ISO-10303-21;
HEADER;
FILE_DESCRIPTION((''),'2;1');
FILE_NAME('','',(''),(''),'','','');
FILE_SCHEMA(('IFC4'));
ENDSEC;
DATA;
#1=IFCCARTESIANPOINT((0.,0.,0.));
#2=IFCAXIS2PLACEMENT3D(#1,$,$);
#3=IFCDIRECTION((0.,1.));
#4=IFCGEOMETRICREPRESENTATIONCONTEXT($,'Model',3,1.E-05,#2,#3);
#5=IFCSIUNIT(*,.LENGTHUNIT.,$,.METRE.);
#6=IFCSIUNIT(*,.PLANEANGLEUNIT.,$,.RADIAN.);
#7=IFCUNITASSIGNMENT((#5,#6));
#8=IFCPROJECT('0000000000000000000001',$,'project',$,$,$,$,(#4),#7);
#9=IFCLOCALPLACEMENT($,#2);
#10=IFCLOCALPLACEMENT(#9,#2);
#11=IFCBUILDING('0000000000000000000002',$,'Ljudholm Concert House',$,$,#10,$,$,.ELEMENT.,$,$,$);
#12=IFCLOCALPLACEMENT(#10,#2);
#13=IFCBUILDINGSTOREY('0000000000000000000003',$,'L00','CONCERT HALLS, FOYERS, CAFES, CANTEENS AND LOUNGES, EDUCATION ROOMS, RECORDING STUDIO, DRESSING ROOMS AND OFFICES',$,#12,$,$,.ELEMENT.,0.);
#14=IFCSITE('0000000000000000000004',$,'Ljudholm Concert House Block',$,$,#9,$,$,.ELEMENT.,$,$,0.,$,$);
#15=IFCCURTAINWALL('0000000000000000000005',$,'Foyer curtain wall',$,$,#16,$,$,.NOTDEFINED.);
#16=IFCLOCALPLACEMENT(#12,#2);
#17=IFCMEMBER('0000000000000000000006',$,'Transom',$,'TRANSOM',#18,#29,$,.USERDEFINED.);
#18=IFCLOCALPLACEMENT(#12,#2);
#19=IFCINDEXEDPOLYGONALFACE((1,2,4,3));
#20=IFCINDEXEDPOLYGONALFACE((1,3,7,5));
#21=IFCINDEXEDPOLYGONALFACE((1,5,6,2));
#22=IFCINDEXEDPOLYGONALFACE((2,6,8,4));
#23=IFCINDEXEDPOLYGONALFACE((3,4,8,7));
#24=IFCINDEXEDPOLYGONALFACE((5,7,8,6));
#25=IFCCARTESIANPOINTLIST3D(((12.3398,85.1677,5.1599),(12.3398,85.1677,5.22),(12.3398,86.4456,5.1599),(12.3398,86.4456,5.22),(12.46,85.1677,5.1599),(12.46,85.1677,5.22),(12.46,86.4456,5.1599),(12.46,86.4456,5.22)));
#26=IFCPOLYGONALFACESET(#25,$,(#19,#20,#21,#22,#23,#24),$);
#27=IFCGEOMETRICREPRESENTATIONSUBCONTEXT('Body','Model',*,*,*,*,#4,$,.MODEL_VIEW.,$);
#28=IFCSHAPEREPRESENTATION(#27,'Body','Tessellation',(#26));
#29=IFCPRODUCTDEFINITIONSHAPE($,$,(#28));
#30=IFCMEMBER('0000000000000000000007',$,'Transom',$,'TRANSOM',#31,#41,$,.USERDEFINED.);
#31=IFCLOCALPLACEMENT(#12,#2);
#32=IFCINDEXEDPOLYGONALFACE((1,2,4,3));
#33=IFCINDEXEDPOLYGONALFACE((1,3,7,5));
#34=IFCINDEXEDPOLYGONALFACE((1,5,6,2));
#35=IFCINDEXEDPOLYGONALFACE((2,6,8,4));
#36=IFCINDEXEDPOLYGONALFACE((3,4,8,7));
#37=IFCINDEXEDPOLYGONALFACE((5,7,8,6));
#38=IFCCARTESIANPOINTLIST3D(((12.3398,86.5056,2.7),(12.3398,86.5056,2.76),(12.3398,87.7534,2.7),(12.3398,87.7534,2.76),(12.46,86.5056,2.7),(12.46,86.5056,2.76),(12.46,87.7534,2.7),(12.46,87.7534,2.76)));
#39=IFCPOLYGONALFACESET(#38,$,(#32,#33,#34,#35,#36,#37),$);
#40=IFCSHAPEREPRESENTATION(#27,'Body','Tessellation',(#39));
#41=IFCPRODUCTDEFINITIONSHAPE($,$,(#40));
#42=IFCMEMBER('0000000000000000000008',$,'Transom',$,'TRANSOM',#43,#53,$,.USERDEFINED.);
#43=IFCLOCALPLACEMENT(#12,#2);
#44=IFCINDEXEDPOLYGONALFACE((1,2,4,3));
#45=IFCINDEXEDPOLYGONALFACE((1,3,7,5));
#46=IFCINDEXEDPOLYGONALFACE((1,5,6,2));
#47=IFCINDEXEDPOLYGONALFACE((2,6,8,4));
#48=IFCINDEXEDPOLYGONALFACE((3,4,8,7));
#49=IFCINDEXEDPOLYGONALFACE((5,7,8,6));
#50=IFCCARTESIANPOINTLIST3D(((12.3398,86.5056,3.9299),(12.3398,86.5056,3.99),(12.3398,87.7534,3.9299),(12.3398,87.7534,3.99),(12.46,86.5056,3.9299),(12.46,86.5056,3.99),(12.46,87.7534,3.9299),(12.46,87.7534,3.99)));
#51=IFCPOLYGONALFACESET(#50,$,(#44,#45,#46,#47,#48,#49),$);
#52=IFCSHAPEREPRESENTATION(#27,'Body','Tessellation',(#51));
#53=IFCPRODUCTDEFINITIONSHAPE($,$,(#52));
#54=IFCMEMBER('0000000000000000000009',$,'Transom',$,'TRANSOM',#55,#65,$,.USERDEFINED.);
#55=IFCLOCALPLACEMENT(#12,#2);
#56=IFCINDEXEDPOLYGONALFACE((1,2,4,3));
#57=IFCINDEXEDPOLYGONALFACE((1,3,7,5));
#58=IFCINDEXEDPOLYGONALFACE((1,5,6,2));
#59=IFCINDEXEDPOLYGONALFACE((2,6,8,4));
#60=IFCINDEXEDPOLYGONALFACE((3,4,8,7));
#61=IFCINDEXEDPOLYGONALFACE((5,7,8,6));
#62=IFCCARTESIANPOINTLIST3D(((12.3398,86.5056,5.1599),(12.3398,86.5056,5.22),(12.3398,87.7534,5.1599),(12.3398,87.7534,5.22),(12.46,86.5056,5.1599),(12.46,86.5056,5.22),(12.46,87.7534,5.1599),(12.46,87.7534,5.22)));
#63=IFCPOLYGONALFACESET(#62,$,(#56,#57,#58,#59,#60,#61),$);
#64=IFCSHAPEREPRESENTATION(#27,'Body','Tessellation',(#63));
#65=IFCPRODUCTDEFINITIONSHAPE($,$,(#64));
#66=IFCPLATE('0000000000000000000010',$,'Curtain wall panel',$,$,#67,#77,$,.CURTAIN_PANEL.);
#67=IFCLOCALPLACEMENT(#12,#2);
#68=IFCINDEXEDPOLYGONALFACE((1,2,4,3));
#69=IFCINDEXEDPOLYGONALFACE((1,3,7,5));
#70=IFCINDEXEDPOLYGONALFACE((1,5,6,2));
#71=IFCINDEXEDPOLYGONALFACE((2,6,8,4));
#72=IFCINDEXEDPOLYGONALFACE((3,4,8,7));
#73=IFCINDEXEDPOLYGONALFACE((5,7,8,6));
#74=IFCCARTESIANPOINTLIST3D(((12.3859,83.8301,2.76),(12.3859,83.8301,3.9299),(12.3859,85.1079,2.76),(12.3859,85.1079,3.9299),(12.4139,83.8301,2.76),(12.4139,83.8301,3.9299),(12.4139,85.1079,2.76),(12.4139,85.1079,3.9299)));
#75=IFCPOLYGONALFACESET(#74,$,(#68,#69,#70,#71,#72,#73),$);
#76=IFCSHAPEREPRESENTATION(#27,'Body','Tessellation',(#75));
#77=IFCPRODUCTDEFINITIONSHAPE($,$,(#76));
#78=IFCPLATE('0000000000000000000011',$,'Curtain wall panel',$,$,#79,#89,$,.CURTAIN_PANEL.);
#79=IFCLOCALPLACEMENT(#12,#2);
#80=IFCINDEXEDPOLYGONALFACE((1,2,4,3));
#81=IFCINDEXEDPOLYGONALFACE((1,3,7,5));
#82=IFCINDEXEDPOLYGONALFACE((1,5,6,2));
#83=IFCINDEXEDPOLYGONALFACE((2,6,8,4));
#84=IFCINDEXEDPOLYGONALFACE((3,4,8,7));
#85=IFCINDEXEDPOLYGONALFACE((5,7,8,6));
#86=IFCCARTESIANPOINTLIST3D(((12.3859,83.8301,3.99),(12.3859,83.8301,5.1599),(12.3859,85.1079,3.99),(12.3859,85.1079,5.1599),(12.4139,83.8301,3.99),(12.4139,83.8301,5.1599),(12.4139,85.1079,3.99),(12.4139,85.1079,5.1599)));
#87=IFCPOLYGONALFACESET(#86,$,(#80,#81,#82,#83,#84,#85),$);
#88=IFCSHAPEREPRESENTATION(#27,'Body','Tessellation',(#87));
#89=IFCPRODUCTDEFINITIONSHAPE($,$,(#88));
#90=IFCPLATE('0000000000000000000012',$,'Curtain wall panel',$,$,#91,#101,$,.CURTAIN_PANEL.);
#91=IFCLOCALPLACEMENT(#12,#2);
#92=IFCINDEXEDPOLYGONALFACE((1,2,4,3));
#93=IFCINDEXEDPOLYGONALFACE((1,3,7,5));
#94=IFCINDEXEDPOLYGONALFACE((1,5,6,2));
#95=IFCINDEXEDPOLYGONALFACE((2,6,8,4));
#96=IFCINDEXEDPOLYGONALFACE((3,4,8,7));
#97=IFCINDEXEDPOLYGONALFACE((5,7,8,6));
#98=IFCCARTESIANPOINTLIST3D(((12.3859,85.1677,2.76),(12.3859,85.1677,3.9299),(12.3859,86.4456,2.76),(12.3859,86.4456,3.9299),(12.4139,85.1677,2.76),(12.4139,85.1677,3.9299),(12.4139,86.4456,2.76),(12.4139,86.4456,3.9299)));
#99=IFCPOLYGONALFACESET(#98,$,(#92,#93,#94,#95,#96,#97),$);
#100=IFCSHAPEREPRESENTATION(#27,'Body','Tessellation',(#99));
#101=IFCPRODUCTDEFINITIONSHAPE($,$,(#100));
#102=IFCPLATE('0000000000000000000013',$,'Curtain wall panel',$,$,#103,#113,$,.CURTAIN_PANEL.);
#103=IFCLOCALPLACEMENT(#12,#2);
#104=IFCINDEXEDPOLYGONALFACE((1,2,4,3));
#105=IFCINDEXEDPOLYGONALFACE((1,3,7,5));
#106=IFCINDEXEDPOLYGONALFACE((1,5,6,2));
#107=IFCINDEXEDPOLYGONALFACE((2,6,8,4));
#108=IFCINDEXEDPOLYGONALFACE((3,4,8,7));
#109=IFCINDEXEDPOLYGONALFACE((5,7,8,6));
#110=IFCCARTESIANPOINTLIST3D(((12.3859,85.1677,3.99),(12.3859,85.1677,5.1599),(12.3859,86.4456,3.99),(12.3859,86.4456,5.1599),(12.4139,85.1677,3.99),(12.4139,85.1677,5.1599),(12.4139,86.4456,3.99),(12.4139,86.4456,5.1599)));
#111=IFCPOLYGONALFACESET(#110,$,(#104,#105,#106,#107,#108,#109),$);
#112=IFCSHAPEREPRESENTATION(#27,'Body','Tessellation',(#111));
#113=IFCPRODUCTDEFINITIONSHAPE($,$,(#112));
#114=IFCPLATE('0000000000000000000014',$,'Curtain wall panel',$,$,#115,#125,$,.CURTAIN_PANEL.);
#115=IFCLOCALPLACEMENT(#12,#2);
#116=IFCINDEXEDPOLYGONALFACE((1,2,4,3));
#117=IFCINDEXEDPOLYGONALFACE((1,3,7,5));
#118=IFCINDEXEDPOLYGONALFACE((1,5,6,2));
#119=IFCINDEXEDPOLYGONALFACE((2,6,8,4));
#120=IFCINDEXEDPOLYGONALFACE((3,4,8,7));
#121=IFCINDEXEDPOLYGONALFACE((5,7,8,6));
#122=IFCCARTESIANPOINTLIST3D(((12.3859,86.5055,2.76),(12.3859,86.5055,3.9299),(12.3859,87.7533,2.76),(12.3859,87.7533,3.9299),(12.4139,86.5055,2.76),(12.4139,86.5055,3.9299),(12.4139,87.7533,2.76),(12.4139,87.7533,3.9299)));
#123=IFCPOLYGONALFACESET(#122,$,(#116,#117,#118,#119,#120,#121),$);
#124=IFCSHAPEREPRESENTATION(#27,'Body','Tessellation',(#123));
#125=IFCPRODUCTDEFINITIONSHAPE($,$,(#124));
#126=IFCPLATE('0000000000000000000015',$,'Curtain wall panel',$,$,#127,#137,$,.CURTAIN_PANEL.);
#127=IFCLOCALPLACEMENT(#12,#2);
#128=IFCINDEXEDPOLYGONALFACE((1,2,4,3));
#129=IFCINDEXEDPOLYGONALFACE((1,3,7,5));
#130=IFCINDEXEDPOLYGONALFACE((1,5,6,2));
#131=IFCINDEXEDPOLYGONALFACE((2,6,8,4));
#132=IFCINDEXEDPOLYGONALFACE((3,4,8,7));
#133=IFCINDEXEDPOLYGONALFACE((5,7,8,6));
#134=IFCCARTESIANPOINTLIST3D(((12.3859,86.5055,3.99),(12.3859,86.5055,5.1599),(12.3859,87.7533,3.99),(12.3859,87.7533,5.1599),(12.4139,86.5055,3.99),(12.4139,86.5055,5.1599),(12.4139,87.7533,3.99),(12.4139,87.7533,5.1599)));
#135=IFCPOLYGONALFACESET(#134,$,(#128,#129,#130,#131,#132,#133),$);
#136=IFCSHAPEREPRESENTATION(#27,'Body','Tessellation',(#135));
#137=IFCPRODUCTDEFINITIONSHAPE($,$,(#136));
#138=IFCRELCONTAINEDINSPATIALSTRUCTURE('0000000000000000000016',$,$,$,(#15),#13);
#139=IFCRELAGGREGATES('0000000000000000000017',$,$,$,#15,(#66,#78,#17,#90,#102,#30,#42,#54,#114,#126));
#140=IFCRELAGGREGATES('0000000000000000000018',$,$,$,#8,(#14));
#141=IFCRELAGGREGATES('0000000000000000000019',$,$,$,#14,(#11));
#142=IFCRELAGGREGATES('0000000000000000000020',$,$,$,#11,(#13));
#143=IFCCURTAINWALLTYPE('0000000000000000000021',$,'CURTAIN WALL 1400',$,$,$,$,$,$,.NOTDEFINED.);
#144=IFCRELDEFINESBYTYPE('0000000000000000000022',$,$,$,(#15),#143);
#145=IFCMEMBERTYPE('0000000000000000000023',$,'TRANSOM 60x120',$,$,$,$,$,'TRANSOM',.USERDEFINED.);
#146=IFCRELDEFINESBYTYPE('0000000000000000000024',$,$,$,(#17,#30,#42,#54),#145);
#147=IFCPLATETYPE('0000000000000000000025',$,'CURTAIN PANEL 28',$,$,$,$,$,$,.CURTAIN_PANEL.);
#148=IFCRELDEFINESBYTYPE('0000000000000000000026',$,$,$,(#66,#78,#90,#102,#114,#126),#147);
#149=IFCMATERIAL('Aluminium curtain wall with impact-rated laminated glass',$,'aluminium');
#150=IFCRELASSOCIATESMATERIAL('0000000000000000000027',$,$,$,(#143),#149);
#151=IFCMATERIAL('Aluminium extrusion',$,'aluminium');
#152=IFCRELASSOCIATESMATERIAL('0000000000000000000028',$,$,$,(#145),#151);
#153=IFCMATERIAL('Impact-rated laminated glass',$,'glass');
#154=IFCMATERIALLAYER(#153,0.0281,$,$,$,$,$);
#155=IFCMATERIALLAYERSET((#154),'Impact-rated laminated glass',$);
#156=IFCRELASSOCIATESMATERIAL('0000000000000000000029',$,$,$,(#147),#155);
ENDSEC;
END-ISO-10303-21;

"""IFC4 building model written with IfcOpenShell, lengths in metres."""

from ifc_helpers import new_model, si_unit, direction, frame, origin, origin_2d, place, context, subcontext, project, spatial, rectangle, extrude, material, layer, layer_set, material_profile, profile_set, type_object, element, aggregate, save


model = new_model("IFC4")

# Units and contexts
model_context = context("Model", 3, precision=1e-05, world=origin(), true_north=direction((0.0, 1.0)))
body_context = subcontext(model_context, "Body", "Model", "MODEL_VIEW")
ifc_project = project(units=[si_unit("LENGTHUNIT", "METRE"), si_unit("PLANEANGLEUNIT", "RADIAN")], contexts=[model_context])

# Site, building, storey
site_placement = place(None, origin())
site = spatial("IfcSite", under=ifc_project, at=site_placement, Name="Ljudholm Concert House Block", CompositionType="ELEMENT", RefElevation=0.0)
building_placement = place(site_placement, origin())
building = spatial("IfcBuilding", under=site, at=building_placement, Name="Ljudholm Concert House", CompositionType="ELEMENT")
storey_placement = place(building_placement, origin())
storey = spatial("IfcBuildingStorey", under=building, at=storey_placement, Name="L00", Description="CONCERT HALLS, FOYERS, CAFES, CANTEENS AND LOUNGES, EDUCATION ROOMS, RECORDING STUDIO, DRESSING ROOMS AND OFFICES", CompositionType="ELEMENT", Elevation=0.0)

# Curtain wall, members, plates
ifc_material_1 = material(Name="Aluminium curtain wall with impact-rated laminated glass", Category="aluminium")
curtain_wall_type = type_object("IfcCurtainWallType", Name="CURTAIN WALL 1400", PredefinedType="NOTDEFINED", material=ifc_material_1)
curtain_wall_placement = place(storey_placement, origin())
curtain_wall = element("IfcCurtainWall", 1, at=curtain_wall_placement, inside=storey, type_object=curtain_wall_type, Name="Foyer curtain wall", PredefinedType="NOTDEFINED")
ifc_material_2 = material(Name="Aluminium extrusion", Category="aluminium")
ifc_material_profile_1 = material_profile(ifc_material_2, rectangle(XDim=0.1201, YDim=0.0601, at=origin_2d()), Name="TRANSOM 60x120")
ifc_profile_set_1 = profile_set([ifc_material_profile_1], Name="Aluminium extrusion")
member_type_1 = type_object("IfcMemberType", Name="TRANSOM 60x120", ElementType="TRANSOM", PredefinedType="USERDEFINED", material=ifc_profile_set_1)
member_1_placement = place(storey_placement, frame((12.3999, 85.1677, 5.1899), z_axis=(0.0, 1.0, 0.0), x_axis=(-1.0, 0.0, 0.0)))
member_1 = element("IfcMember", 2, at=member_1_placement, type_object=member_type_1, Name="Transom", ObjectType="TRANSOM", PredefinedType="USERDEFINED", context=body_context, shape_type="SweptSolid", body=[
    extrude(rectangle(XDim=0.1201, YDim=0.0601, at=origin_2d()), origin(), (0.0, 0.0, 1.0), 1.2778),
])
member_2_placement = place(storey_placement, frame((12.3999, 86.5056, 2.73), z_axis=(0.0, 1.0, 0.0), x_axis=(-1.0, 0.0, 0.0)))
member_2 = element("IfcMember", 3, at=member_2_placement, type_object=member_type_1, Name="Transom", ObjectType="TRANSOM", PredefinedType="USERDEFINED", context=body_context, shape_type="SweptSolid", body=[
    extrude(rectangle(XDim=0.1201, YDim=0.0601, at=origin_2d()), origin(), (0.0, 0.0, 1.0), 1.2478),
])
member_3_placement = place(storey_placement, frame((12.3999, 86.5056, 3.96), z_axis=(0.0, 1.0, 0.0), x_axis=(-1.0, 0.0, 0.0)))
member_3 = element("IfcMember", 4, at=member_3_placement, type_object=member_type_1, Name="Transom", ObjectType="TRANSOM", PredefinedType="USERDEFINED", context=body_context, shape_type="SweptSolid", body=[
    extrude(rectangle(XDim=0.1201, YDim=0.0601, at=origin_2d()), origin(), (0.0, 0.0, 1.0), 1.2478),
])
member_4_placement = place(storey_placement, frame((12.3999, 86.5056, 5.1899), z_axis=(0.0, 1.0, 0.0), x_axis=(-1.0, 0.0, 0.0)))
member_4 = element("IfcMember", 5, at=member_4_placement, type_object=member_type_1, Name="Transom", ObjectType="TRANSOM", PredefinedType="USERDEFINED", context=body_context, shape_type="SweptSolid", body=[
    extrude(rectangle(XDim=0.1201, YDim=0.0601, at=origin_2d()), origin(), (0.0, 0.0, 1.0), 1.2478),
])
ifc_material_3 = material(Name="Impact-rated laminated glass", Category="glass")
ifc_layer = layer(ifc_material_3, 0.0281)
ifc_layer_set = layer_set([ifc_layer], Name="Impact-rated laminated glass")
plate_type = type_object("IfcPlateType", Name="CURTAIN PANEL 28", PredefinedType="CURTAIN_PANEL", material=ifc_layer_set)
plate_1_placement = place(storey_placement, frame((12.3999, 84.469, 2.76), z_axis=(0.0, 0.0, 1.0), x_axis=(0.0, 1.0, 0.0)))
plate_1 = element("IfcPlate", 6, at=plate_1_placement, type_object=plate_type, Name="Curtain wall panel", PredefinedType="CURTAIN_PANEL", context=body_context, shape_type="SweptSolid", body=[
    extrude(rectangle(XDim=1.2778, YDim=0.0281, at=origin_2d()), origin(), (0.0, 0.0, 1.0), 1.1699),
])
plate_2_placement = place(storey_placement, frame((12.3999, 84.469, 3.99), z_axis=(0.0, 0.0, 1.0), x_axis=(0.0, 1.0, 0.0)))
plate_2 = element("IfcPlate", 7, at=plate_2_placement, type_object=plate_type, Name="Curtain wall panel", PredefinedType="CURTAIN_PANEL", context=body_context, shape_type="SweptSolid", body=[
    extrude(rectangle(XDim=1.2778, YDim=0.0281, at=origin_2d()), origin(), (0.0, 0.0, 1.0), 1.1699),
])
plate_3_placement = place(storey_placement, frame((12.3999, 85.8066, 2.76), z_axis=(0.0, 0.0, 1.0), x_axis=(0.0, 1.0, 0.0)))
plate_3 = element("IfcPlate", 8, at=plate_3_placement, type_object=plate_type, Name="Curtain wall panel", PredefinedType="CURTAIN_PANEL", context=body_context, shape_type="SweptSolid", body=[
    extrude(rectangle(XDim=1.2778, YDim=0.0281, at=origin_2d()), origin(), (0.0, 0.0, 1.0), 1.1699),
])
plate_4_placement = place(storey_placement, frame((12.3999, 85.8066, 3.99), z_axis=(0.0, 0.0, 1.0), x_axis=(0.0, 1.0, 0.0)))
plate_4 = element("IfcPlate", 9, at=plate_4_placement, type_object=plate_type, Name="Curtain wall panel", PredefinedType="CURTAIN_PANEL", context=body_context, shape_type="SweptSolid", body=[
    extrude(rectangle(XDim=1.2778, YDim=0.0281, at=origin_2d()), origin(), (0.0, 0.0, 1.0), 1.1699),
])
plate_5_placement = place(storey_placement, frame((12.3999, 87.1294, 2.76), z_axis=(0.0, 0.0, 1.0), x_axis=(0.0, 1.0, 0.0)))
plate_5 = element("IfcPlate", 10, at=plate_5_placement, type_object=plate_type, Name="Curtain wall panel", PredefinedType="CURTAIN_PANEL", context=body_context, shape_type="SweptSolid", body=[
    extrude(rectangle(XDim=1.2478, YDim=0.0281, at=origin_2d()), origin(), (0.0, 0.0, 1.0), 1.1699),
])
plate_6_placement = place(storey_placement, frame((12.3999, 87.1294, 3.99), z_axis=(0.0, 0.0, 1.0), x_axis=(0.0, 1.0, 0.0)))
plate_6 = element("IfcPlate", 11, at=plate_6_placement, type_object=plate_type, Name="Curtain wall panel", PredefinedType="CURTAIN_PANEL", context=body_context, shape_type="SweptSolid", body=[
    extrude(rectangle(XDim=1.2478, YDim=0.0281, at=origin_2d()), origin(), (0.0, 0.0, 1.0), 1.1699),
])
aggregate(curtain_wall, [plate_1, plate_2, member_1, plate_3, plate_4, member_2, member_3, member_4, plate_5, plate_6])

save(model, "model.ifc")
